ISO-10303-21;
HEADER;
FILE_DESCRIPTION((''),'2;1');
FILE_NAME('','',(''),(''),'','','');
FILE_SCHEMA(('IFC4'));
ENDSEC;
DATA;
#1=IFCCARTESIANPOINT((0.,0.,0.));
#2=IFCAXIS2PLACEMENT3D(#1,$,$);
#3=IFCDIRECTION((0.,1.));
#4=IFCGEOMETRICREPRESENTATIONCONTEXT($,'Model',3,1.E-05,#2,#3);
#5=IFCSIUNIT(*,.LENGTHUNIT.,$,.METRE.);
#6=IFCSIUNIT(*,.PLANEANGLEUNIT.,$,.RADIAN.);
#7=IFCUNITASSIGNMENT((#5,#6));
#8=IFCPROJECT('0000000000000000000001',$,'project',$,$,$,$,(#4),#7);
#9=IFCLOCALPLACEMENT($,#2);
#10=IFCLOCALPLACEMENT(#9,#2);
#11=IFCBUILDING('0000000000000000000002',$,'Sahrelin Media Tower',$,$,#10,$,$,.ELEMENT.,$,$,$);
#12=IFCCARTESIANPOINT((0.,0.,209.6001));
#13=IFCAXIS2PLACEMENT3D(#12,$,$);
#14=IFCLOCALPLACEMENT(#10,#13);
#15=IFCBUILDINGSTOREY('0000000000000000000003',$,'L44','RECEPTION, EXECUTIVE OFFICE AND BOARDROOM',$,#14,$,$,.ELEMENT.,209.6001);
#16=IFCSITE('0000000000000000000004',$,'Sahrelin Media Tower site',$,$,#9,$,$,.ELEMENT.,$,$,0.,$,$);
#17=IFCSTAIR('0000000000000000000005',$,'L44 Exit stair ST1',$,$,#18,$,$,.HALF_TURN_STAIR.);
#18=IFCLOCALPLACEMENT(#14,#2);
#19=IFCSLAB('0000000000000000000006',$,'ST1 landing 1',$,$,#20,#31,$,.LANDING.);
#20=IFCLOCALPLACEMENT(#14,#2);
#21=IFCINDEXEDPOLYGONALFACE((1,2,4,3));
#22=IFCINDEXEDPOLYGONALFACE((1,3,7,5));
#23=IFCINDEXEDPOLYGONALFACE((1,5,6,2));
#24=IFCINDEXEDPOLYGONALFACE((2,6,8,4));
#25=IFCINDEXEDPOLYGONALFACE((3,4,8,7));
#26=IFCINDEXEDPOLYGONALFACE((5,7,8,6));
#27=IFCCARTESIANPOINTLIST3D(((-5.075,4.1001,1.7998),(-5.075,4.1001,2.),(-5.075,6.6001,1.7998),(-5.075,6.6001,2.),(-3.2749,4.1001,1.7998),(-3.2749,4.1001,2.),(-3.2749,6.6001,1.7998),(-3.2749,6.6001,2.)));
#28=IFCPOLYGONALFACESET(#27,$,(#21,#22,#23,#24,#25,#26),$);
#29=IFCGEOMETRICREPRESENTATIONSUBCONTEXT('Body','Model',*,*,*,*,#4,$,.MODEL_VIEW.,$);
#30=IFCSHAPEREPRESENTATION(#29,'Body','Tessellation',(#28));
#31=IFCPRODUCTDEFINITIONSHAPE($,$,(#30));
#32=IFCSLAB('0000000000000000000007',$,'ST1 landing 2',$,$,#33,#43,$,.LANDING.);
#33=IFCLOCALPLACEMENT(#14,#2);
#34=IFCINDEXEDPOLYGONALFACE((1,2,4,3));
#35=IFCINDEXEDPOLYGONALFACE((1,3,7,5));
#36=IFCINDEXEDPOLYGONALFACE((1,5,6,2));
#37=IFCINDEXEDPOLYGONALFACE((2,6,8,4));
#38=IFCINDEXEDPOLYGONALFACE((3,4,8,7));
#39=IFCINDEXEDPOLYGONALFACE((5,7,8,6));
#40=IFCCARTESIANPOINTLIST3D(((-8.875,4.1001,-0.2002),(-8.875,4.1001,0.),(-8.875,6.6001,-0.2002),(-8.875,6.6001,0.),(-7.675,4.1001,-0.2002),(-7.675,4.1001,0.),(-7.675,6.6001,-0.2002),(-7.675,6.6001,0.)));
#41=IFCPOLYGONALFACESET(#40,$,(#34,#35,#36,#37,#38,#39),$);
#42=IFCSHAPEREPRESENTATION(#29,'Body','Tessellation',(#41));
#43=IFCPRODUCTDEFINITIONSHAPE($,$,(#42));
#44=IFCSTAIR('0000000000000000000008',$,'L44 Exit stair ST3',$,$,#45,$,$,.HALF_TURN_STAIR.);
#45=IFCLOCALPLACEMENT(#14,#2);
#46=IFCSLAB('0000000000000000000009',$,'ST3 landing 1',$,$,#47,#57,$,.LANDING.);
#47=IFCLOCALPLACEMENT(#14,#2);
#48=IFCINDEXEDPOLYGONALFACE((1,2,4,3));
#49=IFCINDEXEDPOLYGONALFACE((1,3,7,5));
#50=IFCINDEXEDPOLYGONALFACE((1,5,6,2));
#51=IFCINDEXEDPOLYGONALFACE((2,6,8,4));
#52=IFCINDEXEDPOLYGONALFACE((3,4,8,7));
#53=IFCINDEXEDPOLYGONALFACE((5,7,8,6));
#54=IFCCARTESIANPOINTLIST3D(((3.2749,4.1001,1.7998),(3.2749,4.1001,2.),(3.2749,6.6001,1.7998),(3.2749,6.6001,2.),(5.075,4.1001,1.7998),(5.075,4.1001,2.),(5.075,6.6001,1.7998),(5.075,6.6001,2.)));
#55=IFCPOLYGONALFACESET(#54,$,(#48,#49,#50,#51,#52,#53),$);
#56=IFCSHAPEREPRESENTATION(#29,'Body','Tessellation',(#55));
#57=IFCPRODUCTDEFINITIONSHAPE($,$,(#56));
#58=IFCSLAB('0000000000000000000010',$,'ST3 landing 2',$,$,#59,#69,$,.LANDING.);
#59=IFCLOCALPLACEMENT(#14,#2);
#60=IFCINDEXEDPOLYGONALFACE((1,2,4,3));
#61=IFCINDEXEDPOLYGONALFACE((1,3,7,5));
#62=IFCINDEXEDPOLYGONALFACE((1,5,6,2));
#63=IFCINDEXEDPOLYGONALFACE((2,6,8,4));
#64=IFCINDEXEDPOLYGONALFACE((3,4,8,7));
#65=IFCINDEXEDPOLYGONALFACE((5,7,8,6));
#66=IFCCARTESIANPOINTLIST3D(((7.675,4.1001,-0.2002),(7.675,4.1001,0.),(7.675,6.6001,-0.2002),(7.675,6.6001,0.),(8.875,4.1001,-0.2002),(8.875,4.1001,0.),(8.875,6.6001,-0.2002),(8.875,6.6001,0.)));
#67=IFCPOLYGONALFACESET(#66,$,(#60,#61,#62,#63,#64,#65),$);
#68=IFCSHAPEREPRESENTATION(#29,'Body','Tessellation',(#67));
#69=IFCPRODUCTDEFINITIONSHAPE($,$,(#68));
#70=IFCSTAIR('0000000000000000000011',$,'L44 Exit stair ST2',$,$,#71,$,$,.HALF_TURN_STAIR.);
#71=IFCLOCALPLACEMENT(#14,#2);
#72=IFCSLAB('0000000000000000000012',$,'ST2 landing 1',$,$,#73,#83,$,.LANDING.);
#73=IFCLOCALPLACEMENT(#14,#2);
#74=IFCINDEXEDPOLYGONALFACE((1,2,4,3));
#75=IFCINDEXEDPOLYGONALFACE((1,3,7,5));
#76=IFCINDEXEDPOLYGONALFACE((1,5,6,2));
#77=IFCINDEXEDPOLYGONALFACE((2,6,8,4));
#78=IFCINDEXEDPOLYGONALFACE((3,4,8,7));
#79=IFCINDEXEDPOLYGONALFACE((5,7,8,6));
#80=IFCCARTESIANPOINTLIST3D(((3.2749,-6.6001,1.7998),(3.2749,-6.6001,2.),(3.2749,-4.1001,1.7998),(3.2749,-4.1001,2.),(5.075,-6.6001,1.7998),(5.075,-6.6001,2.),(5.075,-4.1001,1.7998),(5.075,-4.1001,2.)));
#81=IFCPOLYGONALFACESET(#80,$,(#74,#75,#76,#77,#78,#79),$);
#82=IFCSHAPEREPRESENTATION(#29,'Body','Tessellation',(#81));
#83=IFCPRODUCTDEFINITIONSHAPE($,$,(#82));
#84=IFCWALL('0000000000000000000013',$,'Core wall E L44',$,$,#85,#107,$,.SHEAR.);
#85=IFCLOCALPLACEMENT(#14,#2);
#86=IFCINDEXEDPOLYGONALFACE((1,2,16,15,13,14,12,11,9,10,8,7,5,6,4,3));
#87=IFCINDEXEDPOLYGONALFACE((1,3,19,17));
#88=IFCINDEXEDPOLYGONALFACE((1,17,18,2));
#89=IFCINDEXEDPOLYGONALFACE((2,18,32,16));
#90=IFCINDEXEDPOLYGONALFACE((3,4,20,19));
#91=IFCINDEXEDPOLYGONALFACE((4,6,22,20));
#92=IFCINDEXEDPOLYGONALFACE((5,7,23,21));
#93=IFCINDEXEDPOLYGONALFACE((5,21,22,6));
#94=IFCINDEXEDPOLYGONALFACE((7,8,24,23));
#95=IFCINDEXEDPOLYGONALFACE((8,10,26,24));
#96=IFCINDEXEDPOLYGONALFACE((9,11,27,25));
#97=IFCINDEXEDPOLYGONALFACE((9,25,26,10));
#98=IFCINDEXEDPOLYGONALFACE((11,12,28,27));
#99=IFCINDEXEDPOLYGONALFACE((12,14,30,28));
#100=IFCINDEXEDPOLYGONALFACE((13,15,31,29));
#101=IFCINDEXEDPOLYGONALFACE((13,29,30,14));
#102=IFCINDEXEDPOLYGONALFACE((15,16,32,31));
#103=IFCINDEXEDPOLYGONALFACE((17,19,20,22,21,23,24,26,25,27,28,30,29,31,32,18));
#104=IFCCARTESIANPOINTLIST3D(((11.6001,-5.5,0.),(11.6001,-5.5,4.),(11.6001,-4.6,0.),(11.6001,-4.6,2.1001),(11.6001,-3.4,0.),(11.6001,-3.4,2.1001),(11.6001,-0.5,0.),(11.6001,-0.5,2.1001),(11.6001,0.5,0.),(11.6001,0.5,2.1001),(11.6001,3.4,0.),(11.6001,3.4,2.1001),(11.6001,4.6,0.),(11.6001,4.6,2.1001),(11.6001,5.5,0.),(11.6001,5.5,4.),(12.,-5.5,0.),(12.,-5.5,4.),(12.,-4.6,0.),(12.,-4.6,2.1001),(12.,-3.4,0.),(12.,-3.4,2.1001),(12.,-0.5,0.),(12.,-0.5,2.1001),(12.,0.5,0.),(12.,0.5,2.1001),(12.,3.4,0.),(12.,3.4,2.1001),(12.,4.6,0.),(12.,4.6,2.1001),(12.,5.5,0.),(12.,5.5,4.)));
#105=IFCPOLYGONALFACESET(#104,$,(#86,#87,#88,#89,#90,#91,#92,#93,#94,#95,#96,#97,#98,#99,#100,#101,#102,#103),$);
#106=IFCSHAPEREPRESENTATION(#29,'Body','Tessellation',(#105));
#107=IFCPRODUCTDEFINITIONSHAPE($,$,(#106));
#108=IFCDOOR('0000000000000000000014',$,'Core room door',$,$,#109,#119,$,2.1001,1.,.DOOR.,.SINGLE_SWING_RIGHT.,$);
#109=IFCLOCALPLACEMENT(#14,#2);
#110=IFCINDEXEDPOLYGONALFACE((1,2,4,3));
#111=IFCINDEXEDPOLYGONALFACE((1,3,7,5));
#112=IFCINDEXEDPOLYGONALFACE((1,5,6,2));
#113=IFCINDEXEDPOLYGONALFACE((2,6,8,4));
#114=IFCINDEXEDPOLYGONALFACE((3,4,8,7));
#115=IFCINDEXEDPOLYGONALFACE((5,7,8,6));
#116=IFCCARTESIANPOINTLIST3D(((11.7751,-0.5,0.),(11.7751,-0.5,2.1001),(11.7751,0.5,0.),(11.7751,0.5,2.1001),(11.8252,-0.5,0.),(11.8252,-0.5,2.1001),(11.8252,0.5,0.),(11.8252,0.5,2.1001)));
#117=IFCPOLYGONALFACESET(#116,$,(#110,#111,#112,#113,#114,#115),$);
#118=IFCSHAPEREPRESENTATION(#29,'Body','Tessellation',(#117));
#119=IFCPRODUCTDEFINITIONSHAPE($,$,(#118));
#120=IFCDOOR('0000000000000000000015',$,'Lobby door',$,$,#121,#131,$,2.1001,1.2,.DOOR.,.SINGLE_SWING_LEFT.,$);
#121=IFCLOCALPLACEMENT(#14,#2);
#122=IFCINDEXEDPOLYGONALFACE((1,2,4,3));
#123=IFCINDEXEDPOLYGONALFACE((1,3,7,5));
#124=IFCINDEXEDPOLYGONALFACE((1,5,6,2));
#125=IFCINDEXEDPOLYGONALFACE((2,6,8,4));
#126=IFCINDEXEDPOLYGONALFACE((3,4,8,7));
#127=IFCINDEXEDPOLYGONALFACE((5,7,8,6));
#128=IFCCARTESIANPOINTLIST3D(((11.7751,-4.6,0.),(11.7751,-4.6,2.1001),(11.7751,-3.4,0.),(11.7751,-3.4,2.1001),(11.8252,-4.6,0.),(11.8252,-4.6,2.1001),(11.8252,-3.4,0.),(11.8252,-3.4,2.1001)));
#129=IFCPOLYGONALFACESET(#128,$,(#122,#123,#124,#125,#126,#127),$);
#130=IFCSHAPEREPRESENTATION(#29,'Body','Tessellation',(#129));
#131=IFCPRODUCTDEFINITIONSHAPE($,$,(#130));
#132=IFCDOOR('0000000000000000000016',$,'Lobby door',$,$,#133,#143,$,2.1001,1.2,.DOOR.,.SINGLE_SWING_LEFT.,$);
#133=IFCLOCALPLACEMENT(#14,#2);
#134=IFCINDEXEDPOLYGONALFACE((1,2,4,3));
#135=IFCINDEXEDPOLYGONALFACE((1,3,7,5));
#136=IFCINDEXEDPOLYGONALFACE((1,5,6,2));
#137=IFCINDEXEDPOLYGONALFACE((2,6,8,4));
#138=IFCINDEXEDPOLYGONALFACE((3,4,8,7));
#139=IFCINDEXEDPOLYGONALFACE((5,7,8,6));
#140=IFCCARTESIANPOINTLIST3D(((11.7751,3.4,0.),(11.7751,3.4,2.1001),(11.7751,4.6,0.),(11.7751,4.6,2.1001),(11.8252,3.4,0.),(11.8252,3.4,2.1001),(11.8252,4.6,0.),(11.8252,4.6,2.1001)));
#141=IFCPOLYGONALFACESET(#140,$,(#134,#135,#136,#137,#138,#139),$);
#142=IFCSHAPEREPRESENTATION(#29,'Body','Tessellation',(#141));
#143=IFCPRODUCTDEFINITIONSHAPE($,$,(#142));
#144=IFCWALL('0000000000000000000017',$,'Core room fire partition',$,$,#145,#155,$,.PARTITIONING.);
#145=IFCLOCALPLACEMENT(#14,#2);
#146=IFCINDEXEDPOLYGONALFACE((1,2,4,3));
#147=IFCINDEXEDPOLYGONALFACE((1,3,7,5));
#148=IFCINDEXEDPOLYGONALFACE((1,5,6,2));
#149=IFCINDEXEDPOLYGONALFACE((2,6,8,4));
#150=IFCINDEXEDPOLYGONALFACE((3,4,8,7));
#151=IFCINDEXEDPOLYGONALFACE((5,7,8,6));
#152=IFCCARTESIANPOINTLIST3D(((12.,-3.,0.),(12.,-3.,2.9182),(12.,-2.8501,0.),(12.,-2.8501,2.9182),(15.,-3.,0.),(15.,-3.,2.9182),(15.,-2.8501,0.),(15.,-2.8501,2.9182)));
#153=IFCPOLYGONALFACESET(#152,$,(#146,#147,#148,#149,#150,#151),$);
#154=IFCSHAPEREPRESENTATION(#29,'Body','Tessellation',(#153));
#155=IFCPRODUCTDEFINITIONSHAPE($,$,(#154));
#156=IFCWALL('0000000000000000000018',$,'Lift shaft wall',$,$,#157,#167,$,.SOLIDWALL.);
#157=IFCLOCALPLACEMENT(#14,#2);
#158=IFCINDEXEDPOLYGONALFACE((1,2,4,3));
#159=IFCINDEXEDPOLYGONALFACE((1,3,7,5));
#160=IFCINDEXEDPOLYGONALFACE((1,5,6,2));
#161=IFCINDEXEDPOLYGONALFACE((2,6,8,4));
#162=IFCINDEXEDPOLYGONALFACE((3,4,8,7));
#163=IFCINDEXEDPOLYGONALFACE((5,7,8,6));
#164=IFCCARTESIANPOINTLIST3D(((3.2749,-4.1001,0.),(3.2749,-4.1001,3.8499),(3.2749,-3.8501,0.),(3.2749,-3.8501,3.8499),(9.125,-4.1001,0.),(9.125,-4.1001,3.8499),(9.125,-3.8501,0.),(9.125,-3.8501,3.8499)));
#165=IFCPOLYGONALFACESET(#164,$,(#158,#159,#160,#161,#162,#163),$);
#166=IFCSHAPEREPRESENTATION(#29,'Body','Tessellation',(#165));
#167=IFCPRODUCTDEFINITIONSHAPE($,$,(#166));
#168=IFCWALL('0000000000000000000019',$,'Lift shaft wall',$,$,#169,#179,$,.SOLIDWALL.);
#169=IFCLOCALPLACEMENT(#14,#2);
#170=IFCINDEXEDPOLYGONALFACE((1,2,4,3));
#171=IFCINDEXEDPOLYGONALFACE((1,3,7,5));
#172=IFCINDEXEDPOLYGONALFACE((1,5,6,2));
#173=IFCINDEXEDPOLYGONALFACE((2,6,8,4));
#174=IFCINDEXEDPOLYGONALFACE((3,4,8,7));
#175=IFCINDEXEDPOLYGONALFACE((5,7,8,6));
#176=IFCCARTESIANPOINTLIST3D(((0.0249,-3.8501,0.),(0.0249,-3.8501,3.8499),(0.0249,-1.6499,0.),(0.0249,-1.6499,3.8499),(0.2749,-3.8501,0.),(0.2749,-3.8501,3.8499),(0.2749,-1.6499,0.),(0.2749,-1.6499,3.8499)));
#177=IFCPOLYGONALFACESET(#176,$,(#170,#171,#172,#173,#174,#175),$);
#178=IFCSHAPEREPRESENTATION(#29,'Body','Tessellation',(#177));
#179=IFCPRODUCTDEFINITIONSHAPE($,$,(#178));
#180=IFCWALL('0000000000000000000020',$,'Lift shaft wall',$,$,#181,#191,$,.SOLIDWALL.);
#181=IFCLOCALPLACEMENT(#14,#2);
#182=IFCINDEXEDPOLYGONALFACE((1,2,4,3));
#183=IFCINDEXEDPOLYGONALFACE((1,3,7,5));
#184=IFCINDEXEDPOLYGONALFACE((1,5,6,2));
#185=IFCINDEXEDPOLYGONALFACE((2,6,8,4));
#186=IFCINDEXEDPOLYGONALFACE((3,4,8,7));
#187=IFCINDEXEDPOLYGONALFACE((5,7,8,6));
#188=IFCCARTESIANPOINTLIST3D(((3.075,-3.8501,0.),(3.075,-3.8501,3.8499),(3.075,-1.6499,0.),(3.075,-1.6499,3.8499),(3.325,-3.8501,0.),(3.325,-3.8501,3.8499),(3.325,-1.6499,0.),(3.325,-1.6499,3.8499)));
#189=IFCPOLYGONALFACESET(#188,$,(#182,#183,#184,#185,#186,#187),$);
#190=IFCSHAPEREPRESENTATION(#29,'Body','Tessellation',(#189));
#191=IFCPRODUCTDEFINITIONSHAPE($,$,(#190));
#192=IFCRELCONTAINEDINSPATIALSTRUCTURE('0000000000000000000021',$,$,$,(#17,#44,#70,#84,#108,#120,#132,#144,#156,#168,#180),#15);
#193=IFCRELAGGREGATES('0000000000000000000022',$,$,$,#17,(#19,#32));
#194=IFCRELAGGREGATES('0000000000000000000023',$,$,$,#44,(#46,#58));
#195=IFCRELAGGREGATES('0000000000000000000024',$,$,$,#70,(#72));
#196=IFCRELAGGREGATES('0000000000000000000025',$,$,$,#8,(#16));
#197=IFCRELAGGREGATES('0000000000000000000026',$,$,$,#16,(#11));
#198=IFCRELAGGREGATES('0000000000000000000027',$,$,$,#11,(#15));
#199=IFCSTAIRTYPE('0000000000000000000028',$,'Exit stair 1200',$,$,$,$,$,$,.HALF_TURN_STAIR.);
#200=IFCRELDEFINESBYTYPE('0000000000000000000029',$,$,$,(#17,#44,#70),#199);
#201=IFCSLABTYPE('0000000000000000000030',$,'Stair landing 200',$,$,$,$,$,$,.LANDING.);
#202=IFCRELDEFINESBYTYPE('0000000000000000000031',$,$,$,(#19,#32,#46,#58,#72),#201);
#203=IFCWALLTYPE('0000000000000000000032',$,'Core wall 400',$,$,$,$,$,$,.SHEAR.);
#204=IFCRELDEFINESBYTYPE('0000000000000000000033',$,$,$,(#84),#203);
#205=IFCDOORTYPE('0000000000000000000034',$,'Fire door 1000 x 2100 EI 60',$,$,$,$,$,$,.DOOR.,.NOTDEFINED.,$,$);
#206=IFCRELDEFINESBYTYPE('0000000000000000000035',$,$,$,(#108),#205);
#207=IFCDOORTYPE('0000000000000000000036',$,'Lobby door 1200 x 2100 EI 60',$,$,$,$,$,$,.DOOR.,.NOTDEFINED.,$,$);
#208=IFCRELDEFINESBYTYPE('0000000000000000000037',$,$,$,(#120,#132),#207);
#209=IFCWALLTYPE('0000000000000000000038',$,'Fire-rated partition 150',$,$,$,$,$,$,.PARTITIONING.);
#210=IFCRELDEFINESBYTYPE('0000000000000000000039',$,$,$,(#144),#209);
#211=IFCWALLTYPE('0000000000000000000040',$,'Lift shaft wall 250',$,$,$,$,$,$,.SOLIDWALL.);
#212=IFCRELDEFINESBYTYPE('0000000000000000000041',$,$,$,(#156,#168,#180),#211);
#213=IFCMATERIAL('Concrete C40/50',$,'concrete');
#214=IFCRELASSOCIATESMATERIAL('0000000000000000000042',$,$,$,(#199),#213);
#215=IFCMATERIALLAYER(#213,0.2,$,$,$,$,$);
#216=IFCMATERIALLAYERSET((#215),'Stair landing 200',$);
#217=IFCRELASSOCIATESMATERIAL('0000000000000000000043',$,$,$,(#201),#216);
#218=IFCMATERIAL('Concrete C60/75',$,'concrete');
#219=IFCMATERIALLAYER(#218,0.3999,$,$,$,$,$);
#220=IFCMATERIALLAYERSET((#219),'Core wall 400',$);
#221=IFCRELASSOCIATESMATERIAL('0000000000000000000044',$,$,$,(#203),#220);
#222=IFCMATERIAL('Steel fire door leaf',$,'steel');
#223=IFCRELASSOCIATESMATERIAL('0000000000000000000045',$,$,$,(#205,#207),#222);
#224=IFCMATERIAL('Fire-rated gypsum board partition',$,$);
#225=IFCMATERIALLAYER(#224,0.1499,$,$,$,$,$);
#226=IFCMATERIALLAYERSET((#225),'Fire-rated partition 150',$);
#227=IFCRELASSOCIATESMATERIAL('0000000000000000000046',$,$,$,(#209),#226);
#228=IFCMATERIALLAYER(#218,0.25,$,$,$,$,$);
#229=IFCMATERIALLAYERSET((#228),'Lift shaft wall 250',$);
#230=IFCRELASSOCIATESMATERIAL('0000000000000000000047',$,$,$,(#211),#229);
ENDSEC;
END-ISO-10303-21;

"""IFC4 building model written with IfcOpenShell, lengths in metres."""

from ifc_helpers import new_model, si_unit, direction, frame, frame_2d, origin, place, context, subcontext, project, spatial, polyline, rectangle, outline, extrude, material, layer, layer_set, type_object, element, fill, aggregate, save


model = new_model("IFC4")

# Units and contexts
model_context = context("Model", 3, precision=1e-05, world=origin(), true_north=direction((0.0, 1.0)))
body_context = subcontext(model_context, "Body", "Model", "MODEL_VIEW")
ifc_project = project(units=[si_unit("LENGTHUNIT", "METRE"), si_unit("PLANEANGLEUNIT", "RADIAN")], contexts=[model_context])

# Site, building, storey
site_placement = place(None, origin())
site = spatial("IfcSite", under=ifc_project, at=site_placement, Name="Sahrelin Media Tower site", CompositionType="ELEMENT", RefElevation=0.0)
building_placement = place(site_placement, origin())
building = spatial("IfcBuilding", under=site, at=building_placement, Name="Sahrelin Media Tower", CompositionType="ELEMENT")
storey_placement = place(building_placement, frame((0.0, 0.0, 209.6001)))
storey = spatial("IfcBuildingStorey", under=building, at=storey_placement, Name="L44", Description="RECEPTION, EXECUTIVE OFFICE AND BOARDROOM", CompositionType="ELEMENT", Elevation=209.6001)

# Stairs, slabs
ifc_material_1 = material(Name="Concrete C40/50", Category="concrete")
stair_type = type_object("IfcStairType", Name="Exit stair 1200", PredefinedType="HALF_TURN_STAIR", material=ifc_material_1)
placement_1 = place(storey_placement, origin())
stair_1 = element("IfcStair", 1, at=placement_1, inside=storey, type_object=stair_type, Name="L44 Exit stair ST1", PredefinedType="HALF_TURN_STAIR")
ifc_layer_1 = layer(ifc_material_1, 0.2)
ifc_layer_set_1 = layer_set([ifc_layer_1], Name="Stair landing 200")
slab_type = type_object("IfcSlabType", Name="Stair landing 200", PredefinedType="LANDING", material=ifc_layer_set_1)
placement_2 = place(storey_placement, frame((0.0, 0.0, 1.7998)))
slab_1 = element("IfcSlab", 2, at=placement_2, type_object=slab_type, Name="ST1 landing 1", PredefinedType="LANDING", context=body_context, shape_type="SweptSolid", body=[
    extrude(outline(polyline([(-5.075, 4.1001), (-3.2749, 4.1001), (-3.2749, 6.6001), (-5.075, 6.6001), (-5.075, 4.1001)])), origin(), (0.0, 0.0, 1.0), 0.2002),
])
placement_3 = place(storey_placement, frame((0.0, 0.0, -0.2002)))
slab_2 = element("IfcSlab", 3, at=placement_3, type_object=slab_type, Name="ST1 landing 2", PredefinedType="LANDING", context=body_context, shape_type="SweptSolid", body=[
    extrude(outline(polyline([(-8.875, 4.1001), (-7.675, 4.1001), (-7.675, 6.6001), (-8.875, 6.6001), (-8.875, 4.1001)])), origin(), (0.0, 0.0, 1.0), 0.2002),
])
aggregate(stair_1, [slab_1, slab_2])
stair_2 = element("IfcStair", 4, at=placement_1, inside=storey, type_object=stair_type, Name="L44 Exit stair ST3", PredefinedType="HALF_TURN_STAIR")
slab_3 = element("IfcSlab", 5, at=placement_2, type_object=slab_type, Name="ST3 landing 1", PredefinedType="LANDING", context=body_context, shape_type="SweptSolid", body=[
    extrude(outline(polyline([(5.075, 6.6001), (3.2749, 6.6001), (3.2749, 4.1001), (5.075, 4.1001), (5.075, 6.6001)])), origin(), (0.0, 0.0, 1.0), 0.2002),
])
slab_4 = element("IfcSlab", 6, at=placement_3, type_object=slab_type, Name="ST3 landing 2", PredefinedType="LANDING", context=body_context, shape_type="SweptSolid", body=[
    extrude(outline(polyline([(8.875, 6.6001), (7.675, 6.6001), (7.675, 4.1001), (8.875, 4.1001), (8.875, 6.6001)])), origin(), (0.0, 0.0, 1.0), 0.2002),
])
aggregate(stair_2, [slab_3, slab_4])

# Stair, slab
stair_3 = element("IfcStair", 7, at=placement_1, inside=storey, type_object=stair_type, Name="L44 Exit stair ST2", PredefinedType="HALF_TURN_STAIR")
slab_5 = element("IfcSlab", 8, at=placement_2, type_object=slab_type, Name="ST2 landing 1", PredefinedType="LANDING", context=body_context, shape_type="SweptSolid", body=[
    extrude(outline(polyline([(5.075, -4.1001), (3.2749, -4.1001), (3.2749, -6.6001), (5.075, -6.6001), (5.075, -4.1001)])), origin(), (0.0, 0.0, 1.0), 0.2002),
])
aggregate(stair_3, [slab_5])

# Wall, openings, doors
ifc_material_2 = material(Name="Concrete C60/75", Category="concrete")
ifc_layer_2 = layer(ifc_material_2, 0.3999)
ifc_layer_set_2 = layer_set([ifc_layer_2], Name="Core wall 400")
wall_type_1 = type_object("IfcWallType", Name="Core wall 400", PredefinedType="SHEAR", material=ifc_layer_set_2)
wall_1_placement = place(storey_placement, frame((11.8, -5.5, 0.0), z_axis=(0.0, 0.0, 1.0), x_axis=(0.0, 1.0, 0.0)))
wall_1 = element("IfcWall", 9, at=wall_1_placement, inside=storey, type_object=wall_type_1, Name="Core wall E L44", PredefinedType="SHEAR", context=body_context, shape_type="SweptSolid", body=[
    extrude(rectangle(XDim=11.0, YDim=0.3999, at=frame_2d((5.5, 0.0))), origin(), (0.0, 0.0, 1.0), 4.0),
])
opening_1_placement = place(wall_1_placement, frame((5.0, 0.0, 0.0)))
opening_1 = element("IfcOpeningElement", 10, at=opening_1_placement, cuts=wall_1, PredefinedType="OPENING", context=body_context, shape_type="SweptSolid", body=[
    extrude(rectangle(XDim=1.0, YDim=2.1001, at=frame_2d((0.5, 1.05))), frame((0.0, 0.2, 0.0), z_axis=(0.0, -1.0, 0.0), x_axis=(1.0, 0.0, 0.0)), (0.0, 0.0, 1.0), 0.3999),
])
opening_2_placement = place(wall_1_placement, frame((0.8999, 0.0, 0.0)))
opening_2 = element("IfcOpeningElement", 11, at=opening_2_placement, cuts=wall_1, PredefinedType="OPENING", context=body_context, shape_type="SweptSolid", body=[
    extrude(rectangle(XDim=1.2, YDim=2.1001, at=frame_2d((0.6001, 1.05))), frame((0.0, 0.2, 0.0), z_axis=(0.0, -1.0, 0.0), x_axis=(1.0, 0.0, 0.0)), (0.0, 0.0, 1.0), 0.3999),
])
opening_3_placement = place(wall_1_placement, frame((8.8999, 0.0, 0.0)))
opening_3 = element("IfcOpeningElement", 12, at=opening_3_placement, cuts=wall_1, PredefinedType="OPENING", context=body_context, shape_type="SweptSolid", body=[
    extrude(rectangle(XDim=1.2, YDim=2.1001, at=frame_2d((0.6001, 1.05))), frame((0.0, 0.2, 0.0), z_axis=(0.0, -1.0, 0.0), x_axis=(1.0, 0.0, 0.0)), (0.0, 0.0, 1.0), 0.3999),
])
ifc_material_3 = material(Name="Steel fire door leaf", Category="steel")
door_type_1 = type_object("IfcDoorType", Name="Fire door 1000 x 2100 EI 60", OperationType="NOTDEFINED", PredefinedType="DOOR", material=ifc_material_3)
door_1_placement = place(opening_1_placement, origin())
door_1 = element("IfcDoor", 13, at=door_1_placement, inside=storey, type_object=door_type_1, Name="Core room door", OperationType="SINGLE_SWING_RIGHT", OverallHeight=2.1001, OverallWidth=1.0, PredefinedType="DOOR", context=body_context, shape_type="SweptSolid", body=[
    extrude(rectangle(XDim=1.0, YDim=2.1001, at=frame_2d((0.5, 1.05))), frame((0.0, 0.0249, 0.0), z_axis=(0.0, -1.0, 0.0), x_axis=(1.0, 0.0, 0.0)), (0.0, 0.0, 1.0), 0.05),
])
fill(opening_1, door_1)
door_type_2 = type_object("IfcDoorType", Name="Lobby door 1200 x 2100 EI 60", OperationType="NOTDEFINED", PredefinedType="DOOR", material=ifc_material_3)
door_2_placement = place(opening_2_placement, origin())
door_2 = element("IfcDoor", 14, at=door_2_placement, inside=storey, type_object=door_type_2, Name="Lobby door", OperationType="SINGLE_SWING_LEFT", OverallHeight=2.1001, OverallWidth=1.2, PredefinedType="DOOR", context=body_context, shape_type="SweptSolid", body=[
    extrude(rectangle(XDim=1.2, YDim=2.1001, at=frame_2d((0.6001, 1.05))), frame((0.0, 0.0249, 0.0), z_axis=(0.0, -1.0, 0.0), x_axis=(1.0, 0.0, 0.0)), (0.0, 0.0, 1.0), 0.05),
])
fill(opening_2, door_2)
door_3_placement = place(opening_3_placement, origin())
door_3 = element("IfcDoor", 15, at=door_3_placement, inside=storey, type_object=door_type_2, Name="Lobby door", OperationType="SINGLE_SWING_LEFT", OverallHeight=2.1001, OverallWidth=1.2, PredefinedType="DOOR", context=body_context, shape_type="SweptSolid", body=[
    extrude(rectangle(XDim=1.2, YDim=2.1001, at=frame_2d((0.6001, 1.05))), frame((0.0, 0.0249, 0.0), z_axis=(0.0, -1.0, 0.0), x_axis=(1.0, 0.0, 0.0)), (0.0, 0.0, 1.0), 0.05),
])
fill(opening_3, door_3)

# Walls
ifc_material_4 = material(Name="Fire-rated gypsum board partition")
ifc_layer_3 = layer(ifc_material_4, 0.1499)
ifc_layer_set_3 = layer_set([ifc_layer_3], Name="Fire-rated partition 150")
wall_type_2 = type_object("IfcWallType", Name="Fire-rated partition 150", PredefinedType="PARTITIONING", material=ifc_layer_set_3)
wall_2_placement = place(storey_placement, frame((12.0, -2.925, 0.0), z_axis=(0.0, 0.0, 1.0), x_axis=(1.0, 0.0, 0.0)))
element("IfcWall", 16, at=wall_2_placement, inside=storey, type_object=wall_type_2, Name="Core room fire partition", PredefinedType="PARTITIONING", context=body_context, shape_type="SweptSolid", body=[
    extrude(rectangle(XDim=3.0, YDim=0.1499, at=frame_2d((1.5, 0.0))), origin(), (0.0, 0.0, 1.0), 2.9182),
])
ifc_layer_4 = layer(ifc_material_2, 0.25)
ifc_layer_set_4 = layer_set([ifc_layer_4], Name="Lift shaft wall 250")
wall_type_3 = type_object("IfcWallType", Name="Lift shaft wall 250", PredefinedType="SOLIDWALL", material=ifc_layer_set_4)
wall_3_placement = place(storey_placement, frame((3.2749, -3.9751, 0.0), z_axis=(0.0, 0.0, 1.0), x_axis=(1.0, 0.0, 0.0)))
element("IfcWall", 17, at=wall_3_placement, inside=storey, type_object=wall_type_3, Name="Lift shaft wall", PredefinedType="SOLIDWALL", context=body_context, shape_type="SweptSolid", body=[
    extrude(rectangle(XDim=5.8501, YDim=0.25, at=frame_2d((2.925, 0.0))), origin(), (0.0, 0.0, 1.0), 3.8499),
])
for number, where, z_axis, x_axis, name in (
    (18, (0.1499, -3.8501, 0.0), (0.0, 0.0, 1.0), (0.0, 1.0, 0.0), "Lift shaft wall"),
    (19, (3.2, -3.8501, 0.0), (0.0, 0.0, 1.0), (0.0, 1.0, 0.0), "Lift shaft wall"),
):
    element("IfcWall", number, at=place(storey_placement, frame(where, z_axis=z_axis, x_axis=x_axis)), inside=storey, type_object=wall_type_3, Name=name, PredefinedType="SOLIDWALL", context=body_context, shape_type="SweptSolid", body=[
        extrude(rectangle(XDim=2.2002, YDim=0.25, at=frame_2d((1.1001, 0.0))), origin(), (0.0, 0.0, 1.0), 3.8499),
    ])

save(model, "model.ifc")
